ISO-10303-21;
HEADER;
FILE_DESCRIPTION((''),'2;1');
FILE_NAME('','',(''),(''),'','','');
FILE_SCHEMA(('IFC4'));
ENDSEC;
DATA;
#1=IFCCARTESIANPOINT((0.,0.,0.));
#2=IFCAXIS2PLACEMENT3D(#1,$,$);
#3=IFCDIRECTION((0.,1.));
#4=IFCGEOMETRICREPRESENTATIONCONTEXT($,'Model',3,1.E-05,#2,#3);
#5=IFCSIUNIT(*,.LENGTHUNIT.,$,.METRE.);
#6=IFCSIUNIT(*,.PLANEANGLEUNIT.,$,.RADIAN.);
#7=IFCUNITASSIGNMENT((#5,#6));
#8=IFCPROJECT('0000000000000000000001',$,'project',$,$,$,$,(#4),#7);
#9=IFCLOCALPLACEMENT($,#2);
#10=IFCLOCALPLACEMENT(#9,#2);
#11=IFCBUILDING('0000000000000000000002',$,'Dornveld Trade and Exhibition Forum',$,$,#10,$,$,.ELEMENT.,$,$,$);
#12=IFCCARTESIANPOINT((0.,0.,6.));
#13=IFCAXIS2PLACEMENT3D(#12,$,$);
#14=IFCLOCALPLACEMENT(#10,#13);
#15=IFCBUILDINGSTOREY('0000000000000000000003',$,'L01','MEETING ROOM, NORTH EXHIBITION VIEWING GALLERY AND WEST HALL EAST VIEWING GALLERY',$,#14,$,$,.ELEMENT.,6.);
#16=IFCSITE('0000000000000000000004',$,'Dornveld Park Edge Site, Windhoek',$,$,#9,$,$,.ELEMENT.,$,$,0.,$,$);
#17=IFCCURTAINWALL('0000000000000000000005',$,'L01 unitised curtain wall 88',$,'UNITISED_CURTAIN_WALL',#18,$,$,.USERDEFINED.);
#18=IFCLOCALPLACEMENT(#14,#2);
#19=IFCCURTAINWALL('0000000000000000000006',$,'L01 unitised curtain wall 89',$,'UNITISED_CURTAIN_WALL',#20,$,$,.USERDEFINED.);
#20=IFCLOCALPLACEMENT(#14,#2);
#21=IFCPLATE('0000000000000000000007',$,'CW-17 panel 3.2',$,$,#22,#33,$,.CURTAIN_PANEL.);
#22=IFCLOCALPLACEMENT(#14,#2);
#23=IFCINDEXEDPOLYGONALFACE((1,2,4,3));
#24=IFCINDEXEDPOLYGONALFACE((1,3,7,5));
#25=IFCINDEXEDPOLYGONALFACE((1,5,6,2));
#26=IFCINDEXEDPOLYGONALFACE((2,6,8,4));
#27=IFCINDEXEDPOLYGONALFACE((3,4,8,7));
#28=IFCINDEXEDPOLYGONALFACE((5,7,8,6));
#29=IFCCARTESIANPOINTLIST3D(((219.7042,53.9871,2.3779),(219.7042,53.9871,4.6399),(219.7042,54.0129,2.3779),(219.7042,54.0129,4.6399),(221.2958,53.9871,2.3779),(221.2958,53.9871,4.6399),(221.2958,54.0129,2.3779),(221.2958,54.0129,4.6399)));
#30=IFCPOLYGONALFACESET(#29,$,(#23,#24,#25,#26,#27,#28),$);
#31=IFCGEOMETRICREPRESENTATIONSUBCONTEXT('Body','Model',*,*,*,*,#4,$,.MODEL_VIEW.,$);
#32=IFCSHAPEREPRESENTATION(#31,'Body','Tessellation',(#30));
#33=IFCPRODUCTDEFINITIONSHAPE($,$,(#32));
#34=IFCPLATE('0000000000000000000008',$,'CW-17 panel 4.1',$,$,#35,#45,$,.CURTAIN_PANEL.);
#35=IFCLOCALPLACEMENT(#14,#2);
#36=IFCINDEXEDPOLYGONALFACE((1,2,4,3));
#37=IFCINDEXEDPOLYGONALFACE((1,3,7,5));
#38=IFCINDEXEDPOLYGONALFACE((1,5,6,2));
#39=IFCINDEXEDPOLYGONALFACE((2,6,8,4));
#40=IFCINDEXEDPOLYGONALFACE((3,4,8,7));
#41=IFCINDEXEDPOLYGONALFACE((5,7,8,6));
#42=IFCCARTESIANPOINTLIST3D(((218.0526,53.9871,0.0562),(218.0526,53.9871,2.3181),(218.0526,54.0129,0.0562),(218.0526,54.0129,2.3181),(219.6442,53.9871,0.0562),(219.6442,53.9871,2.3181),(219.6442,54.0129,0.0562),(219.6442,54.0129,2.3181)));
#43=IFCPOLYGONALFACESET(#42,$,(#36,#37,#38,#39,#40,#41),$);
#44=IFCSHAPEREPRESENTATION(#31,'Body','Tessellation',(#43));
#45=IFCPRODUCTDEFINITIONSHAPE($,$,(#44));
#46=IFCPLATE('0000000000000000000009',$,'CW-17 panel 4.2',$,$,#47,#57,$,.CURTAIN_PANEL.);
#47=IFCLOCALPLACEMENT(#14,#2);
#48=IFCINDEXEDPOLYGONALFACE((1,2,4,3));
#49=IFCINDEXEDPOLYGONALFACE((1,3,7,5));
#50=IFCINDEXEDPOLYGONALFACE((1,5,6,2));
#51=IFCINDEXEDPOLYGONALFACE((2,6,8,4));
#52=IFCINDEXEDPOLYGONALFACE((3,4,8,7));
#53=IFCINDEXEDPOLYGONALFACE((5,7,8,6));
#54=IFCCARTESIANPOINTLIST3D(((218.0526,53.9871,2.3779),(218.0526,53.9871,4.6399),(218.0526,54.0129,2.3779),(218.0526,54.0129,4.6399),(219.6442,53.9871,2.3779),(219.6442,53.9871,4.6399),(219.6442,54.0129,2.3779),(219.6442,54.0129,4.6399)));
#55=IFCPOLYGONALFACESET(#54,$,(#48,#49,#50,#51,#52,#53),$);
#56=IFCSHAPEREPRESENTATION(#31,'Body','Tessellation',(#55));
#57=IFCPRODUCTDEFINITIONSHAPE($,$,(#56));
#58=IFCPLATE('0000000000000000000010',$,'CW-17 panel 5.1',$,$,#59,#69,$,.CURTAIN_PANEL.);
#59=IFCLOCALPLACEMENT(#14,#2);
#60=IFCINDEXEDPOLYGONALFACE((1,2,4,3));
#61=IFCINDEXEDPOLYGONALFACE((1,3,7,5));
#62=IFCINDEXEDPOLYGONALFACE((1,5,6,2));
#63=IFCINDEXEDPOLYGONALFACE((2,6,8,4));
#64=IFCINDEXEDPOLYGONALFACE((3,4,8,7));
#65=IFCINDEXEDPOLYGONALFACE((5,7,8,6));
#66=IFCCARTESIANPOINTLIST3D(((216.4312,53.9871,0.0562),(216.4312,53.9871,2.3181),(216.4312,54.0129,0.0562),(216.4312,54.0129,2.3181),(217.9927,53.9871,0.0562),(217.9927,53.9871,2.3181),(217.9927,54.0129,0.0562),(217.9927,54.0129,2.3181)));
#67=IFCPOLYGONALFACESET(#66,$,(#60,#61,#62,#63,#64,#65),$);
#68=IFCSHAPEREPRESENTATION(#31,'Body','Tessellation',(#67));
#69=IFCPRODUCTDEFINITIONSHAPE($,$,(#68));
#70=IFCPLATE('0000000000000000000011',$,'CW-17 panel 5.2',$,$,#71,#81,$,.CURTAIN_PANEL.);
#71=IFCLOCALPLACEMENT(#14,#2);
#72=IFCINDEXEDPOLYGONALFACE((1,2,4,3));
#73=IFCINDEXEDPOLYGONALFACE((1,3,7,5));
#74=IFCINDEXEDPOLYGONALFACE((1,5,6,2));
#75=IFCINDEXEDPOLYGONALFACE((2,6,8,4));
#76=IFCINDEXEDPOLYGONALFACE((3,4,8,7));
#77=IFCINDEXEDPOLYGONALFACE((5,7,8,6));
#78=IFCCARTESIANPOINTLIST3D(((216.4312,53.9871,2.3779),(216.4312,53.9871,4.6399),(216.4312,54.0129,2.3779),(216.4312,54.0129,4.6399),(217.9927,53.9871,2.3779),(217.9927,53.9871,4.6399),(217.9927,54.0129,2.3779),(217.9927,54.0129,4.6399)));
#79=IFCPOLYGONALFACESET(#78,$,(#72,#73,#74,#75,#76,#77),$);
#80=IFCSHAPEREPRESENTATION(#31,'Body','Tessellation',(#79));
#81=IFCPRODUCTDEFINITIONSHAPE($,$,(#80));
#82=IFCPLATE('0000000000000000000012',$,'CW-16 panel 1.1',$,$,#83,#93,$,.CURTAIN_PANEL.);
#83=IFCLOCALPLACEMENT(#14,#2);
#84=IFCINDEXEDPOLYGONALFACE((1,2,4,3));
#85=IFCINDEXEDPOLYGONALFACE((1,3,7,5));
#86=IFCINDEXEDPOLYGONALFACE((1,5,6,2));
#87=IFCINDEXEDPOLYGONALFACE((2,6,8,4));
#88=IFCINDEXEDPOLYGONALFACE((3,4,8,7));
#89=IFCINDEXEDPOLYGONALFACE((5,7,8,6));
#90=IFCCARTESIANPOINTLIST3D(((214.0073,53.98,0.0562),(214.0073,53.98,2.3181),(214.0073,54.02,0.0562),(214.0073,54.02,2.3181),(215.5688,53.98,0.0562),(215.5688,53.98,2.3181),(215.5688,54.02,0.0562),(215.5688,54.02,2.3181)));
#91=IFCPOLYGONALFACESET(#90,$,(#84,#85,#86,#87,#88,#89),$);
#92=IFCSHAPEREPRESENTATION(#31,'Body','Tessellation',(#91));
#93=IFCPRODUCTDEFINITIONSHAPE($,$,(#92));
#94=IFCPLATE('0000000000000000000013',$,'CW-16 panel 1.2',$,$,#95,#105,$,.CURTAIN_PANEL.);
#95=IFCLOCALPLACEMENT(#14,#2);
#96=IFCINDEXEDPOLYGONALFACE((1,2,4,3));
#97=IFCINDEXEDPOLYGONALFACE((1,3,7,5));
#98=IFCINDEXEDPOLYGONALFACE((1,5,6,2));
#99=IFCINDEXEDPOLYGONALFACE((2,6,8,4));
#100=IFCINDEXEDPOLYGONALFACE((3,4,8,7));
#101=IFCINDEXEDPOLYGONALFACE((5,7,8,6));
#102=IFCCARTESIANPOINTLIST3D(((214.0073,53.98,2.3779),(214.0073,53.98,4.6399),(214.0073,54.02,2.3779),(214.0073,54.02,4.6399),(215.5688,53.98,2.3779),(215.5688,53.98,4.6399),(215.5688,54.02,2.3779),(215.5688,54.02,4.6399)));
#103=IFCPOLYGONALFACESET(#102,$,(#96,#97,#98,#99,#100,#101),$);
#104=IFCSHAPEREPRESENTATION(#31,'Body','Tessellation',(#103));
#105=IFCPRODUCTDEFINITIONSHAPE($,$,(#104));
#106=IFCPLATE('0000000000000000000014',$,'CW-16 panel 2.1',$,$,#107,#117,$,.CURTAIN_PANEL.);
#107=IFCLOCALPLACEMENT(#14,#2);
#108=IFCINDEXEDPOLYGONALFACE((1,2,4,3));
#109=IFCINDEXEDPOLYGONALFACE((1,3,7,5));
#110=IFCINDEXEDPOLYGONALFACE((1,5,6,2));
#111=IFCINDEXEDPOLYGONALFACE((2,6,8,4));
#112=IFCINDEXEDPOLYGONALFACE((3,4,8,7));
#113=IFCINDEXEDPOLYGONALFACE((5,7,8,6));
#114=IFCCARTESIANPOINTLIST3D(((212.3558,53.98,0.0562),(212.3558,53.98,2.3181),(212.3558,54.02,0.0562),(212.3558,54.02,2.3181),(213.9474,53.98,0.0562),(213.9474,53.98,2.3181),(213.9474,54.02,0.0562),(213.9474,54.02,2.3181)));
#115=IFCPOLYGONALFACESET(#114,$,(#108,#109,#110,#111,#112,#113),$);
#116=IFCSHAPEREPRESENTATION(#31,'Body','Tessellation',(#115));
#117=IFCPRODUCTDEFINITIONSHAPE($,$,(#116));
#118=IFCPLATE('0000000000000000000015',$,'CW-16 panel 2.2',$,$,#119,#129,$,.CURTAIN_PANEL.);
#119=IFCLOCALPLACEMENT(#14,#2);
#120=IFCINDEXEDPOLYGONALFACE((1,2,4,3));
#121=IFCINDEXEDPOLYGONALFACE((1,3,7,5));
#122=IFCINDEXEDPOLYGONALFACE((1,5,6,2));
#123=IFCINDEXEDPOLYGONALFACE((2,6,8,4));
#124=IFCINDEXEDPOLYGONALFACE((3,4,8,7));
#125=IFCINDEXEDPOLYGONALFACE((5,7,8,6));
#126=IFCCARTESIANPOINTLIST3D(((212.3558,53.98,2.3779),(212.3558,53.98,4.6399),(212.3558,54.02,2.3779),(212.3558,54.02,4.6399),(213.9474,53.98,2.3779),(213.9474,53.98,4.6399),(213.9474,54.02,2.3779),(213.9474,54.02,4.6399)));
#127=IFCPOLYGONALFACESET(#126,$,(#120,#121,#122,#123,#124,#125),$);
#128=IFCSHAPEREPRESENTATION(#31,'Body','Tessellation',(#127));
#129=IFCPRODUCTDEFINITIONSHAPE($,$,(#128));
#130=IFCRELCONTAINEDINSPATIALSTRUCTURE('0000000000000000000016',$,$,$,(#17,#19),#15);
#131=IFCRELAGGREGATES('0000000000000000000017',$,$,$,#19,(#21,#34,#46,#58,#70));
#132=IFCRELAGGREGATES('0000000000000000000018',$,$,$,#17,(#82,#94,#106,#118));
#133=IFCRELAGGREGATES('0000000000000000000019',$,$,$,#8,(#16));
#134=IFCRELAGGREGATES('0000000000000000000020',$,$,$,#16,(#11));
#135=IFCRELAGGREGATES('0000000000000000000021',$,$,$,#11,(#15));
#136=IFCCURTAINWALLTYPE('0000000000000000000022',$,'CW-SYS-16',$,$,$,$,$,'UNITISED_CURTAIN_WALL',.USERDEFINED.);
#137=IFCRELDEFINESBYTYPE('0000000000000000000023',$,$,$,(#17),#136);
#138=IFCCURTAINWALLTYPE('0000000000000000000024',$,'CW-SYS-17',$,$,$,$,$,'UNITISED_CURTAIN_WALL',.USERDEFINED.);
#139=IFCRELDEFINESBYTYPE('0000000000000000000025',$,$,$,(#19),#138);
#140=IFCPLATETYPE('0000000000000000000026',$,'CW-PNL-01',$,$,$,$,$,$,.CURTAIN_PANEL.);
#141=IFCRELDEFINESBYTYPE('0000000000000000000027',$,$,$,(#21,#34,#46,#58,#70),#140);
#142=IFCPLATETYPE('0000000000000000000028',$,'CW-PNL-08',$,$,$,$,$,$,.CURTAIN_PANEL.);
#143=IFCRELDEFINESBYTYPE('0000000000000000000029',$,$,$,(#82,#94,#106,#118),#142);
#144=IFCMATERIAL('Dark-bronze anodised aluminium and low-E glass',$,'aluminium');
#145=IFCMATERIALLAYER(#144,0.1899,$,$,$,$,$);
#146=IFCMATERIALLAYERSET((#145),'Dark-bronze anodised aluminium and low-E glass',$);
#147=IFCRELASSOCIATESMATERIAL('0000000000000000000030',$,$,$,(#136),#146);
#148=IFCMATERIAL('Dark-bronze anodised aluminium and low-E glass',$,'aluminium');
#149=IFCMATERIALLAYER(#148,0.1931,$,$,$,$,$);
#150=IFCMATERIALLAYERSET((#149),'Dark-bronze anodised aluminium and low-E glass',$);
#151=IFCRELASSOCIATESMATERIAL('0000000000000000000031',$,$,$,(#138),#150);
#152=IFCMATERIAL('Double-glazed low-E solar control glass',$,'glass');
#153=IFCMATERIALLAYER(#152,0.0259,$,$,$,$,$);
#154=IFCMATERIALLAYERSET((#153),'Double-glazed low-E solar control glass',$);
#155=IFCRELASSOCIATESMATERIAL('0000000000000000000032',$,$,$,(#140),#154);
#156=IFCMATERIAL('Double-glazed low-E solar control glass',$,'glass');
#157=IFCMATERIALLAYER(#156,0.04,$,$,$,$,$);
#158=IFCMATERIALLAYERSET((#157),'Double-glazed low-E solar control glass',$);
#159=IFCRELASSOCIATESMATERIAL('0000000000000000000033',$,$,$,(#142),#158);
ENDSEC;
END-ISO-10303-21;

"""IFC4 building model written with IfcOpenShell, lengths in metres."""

from ifc_helpers import new_model, si_unit, direction, frame, origin, origin_2d, place, context, subcontext, project, spatial, rectangle, extrude, material, layer, layer_set, type_object, element, aggregate, save


model = new_model("IFC4")

# Units and contexts
model_context = context("Model", 3, precision=1e-05, world=origin(), true_north=direction((0.0, 1.0)))
body_context = subcontext(model_context, "Body", "Model", "MODEL_VIEW")
ifc_project = project(units=[si_unit("LENGTHUNIT", "METRE"), si_unit("PLANEANGLEUNIT", "RADIAN")], contexts=[model_context])

# Site, building, storey
site_placement = place(None, origin())
site = spatial("IfcSite", under=ifc_project, at=site_placement, Name="Dornveld Park Edge Site, Windhoek", CompositionType="ELEMENT", RefElevation=0.0)
building_placement = place(site_placement, origin())
building = spatial("IfcBuilding", under=site, at=building_placement, Name="Dornveld Trade and Exhibition Forum", CompositionType="ELEMENT")
storey_placement = place(building_placement, frame((0.0, 0.0, 6.0)))
storey = spatial("IfcBuildingStorey", under=building, at=storey_placement, Name="L01", Description="MEETING ROOM, NORTH EXHIBITION VIEWING GALLERY AND WEST HALL EAST VIEWING GALLERY", CompositionType="ELEMENT", Elevation=6.0)

# Curtain walls
ifc_material_1 = material(Name="Dark-bronze anodised aluminium and low-E glass", Category="aluminium")
ifc_layer_1 = layer(ifc_material_1, 0.1899)
ifc_layer_set_1 = layer_set([ifc_layer_1], Name="Dark-bronze anodised aluminium and low-E glass")
curtain_wall_type_1 = type_object("IfcCurtainWallType", Name="CW-SYS-16", ElementType="UNITISED_CURTAIN_WALL", PredefinedType="USERDEFINED", material=ifc_layer_set_1)
curtain_wall_1_placement = place(storey_placement, origin())
curtain_wall_1 = element("IfcCurtainWall", 1, at=curtain_wall_1_placement, inside=storey, type_object=curtain_wall_type_1, Name="L01 unitised curtain wall 88", ObjectType="UNITISED_CURTAIN_WALL", PredefinedType="USERDEFINED")
ifc_material_2 = material(Name="Dark-bronze anodised aluminium and low-E glass", Category="aluminium")
ifc_layer_2 = layer(ifc_material_2, 0.1931)
ifc_layer_set_2 = layer_set([ifc_layer_2], Name="Dark-bronze anodised aluminium and low-E glass")
curtain_wall_type_2 = type_object("IfcCurtainWallType", Name="CW-SYS-17", ElementType="UNITISED_CURTAIN_WALL", PredefinedType="USERDEFINED", material=ifc_layer_set_2)
curtain_wall_2_placement = place(storey_placement, origin())
curtain_wall_2 = element("IfcCurtainWall", 2, at=curtain_wall_2_placement, inside=storey, type_object=curtain_wall_type_2, Name="L01 unitised curtain wall 89", ObjectType="UNITISED_CURTAIN_WALL", PredefinedType="USERDEFINED")

# Plates
ifc_material_3 = material(Name="Double-glazed low-E solar control glass", Category="glass")
ifc_layer_3 = layer(ifc_material_3, 0.0259)
ifc_layer_set_3 = layer_set([ifc_layer_3], Name="Double-glazed low-E solar control glass")
plate_type_1 = type_object("IfcPlateType", Name="CW-PNL-01", PredefinedType="CURTAIN_PANEL", material=ifc_layer_set_3)
plate_1_placement = place(storey_placement, frame((220.5, 54.0, 2.3779), z_axis=(0.0, 0.0, 1.0), x_axis=(-1.0, 0.0, 0.0)))
plate_1 = element("IfcPlate", 3, at=plate_1_placement, type_object=plate_type_1, Name="CW-17 panel 3.2", PredefinedType="CURTAIN_PANEL", context=body_context, shape_type="SweptSolid", body=[
    extrude(rectangle(XDim=1.5916, YDim=0.0259, at=origin_2d()), origin(), (0.0, 0.0, 1.0), 2.262),
])
plate_2_placement = place(storey_placement, frame((218.8484, 54.0, 0.0562), z_axis=(0.0, 0.0, 1.0), x_axis=(-1.0, 0.0, 0.0)))
plate_2 = element("IfcPlate", 4, at=plate_2_placement, type_object=plate_type_1, Name="CW-17 panel 4.1", PredefinedType="CURTAIN_PANEL", context=body_context, shape_type="SweptSolid", body=[
    extrude(rectangle(XDim=1.5916, YDim=0.0259, at=origin_2d()), origin(), (0.0, 0.0, 1.0), 2.262),
])
plate_3_placement = place(storey_placement, frame((218.8484, 54.0, 2.3779), z_axis=(0.0, 0.0, 1.0), x_axis=(-1.0, 0.0, 0.0)))
plate_3 = element("IfcPlate", 5, at=plate_3_placement, type_object=plate_type_1, Name="CW-17 panel 4.2", PredefinedType="CURTAIN_PANEL", context=body_context, shape_type="SweptSolid", body=[
    extrude(rectangle(XDim=1.5916, YDim=0.0259, at=origin_2d()), origin(), (0.0, 0.0, 1.0), 2.262),
])
plate_4_placement = place(storey_placement, frame((217.2119, 54.0, 0.0562), z_axis=(0.0, 0.0, 1.0), x_axis=(-1.0, 0.0, 0.0)))
plate_4 = element("IfcPlate", 6, at=plate_4_placement, type_object=plate_type_1, Name="CW-17 panel 5.1", PredefinedType="CURTAIN_PANEL", context=body_context, shape_type="SweptSolid", body=[
    extrude(rectangle(XDim=1.5615, YDim=0.0259, at=origin_2d()), origin(), (0.0, 0.0, 1.0), 2.262),
])
plate_5_placement = place(storey_placement, frame((217.2119, 54.0, 2.3779), z_axis=(0.0, 0.0, 1.0), x_axis=(-1.0, 0.0, 0.0)))
plate_5 = element("IfcPlate", 7, at=plate_5_placement, type_object=plate_type_1, Name="CW-17 panel 5.2", PredefinedType="CURTAIN_PANEL", context=body_context, shape_type="SweptSolid", body=[
    extrude(rectangle(XDim=1.5615, YDim=0.0259, at=origin_2d()), origin(), (0.0, 0.0, 1.0), 2.262),
])
aggregate(curtain_wall_2, [plate_1, plate_2, plate_3, plate_4, plate_5])
ifc_material_4 = material(Name="Double-glazed low-E solar control glass", Category="glass")
ifc_layer_4 = layer(ifc_material_4, 0.04)
ifc_layer_set_4 = layer_set([ifc_layer_4], Name="Double-glazed low-E solar control glass")
plate_type_2 = type_object("IfcPlateType", Name="CW-PNL-08", PredefinedType="CURTAIN_PANEL", material=ifc_layer_set_4)
plate_6_placement = place(storey_placement, frame((214.7881, 54.0, 0.0562), z_axis=(0.0, 0.0, 1.0), x_axis=(-1.0, 0.0, 0.0)))
plate_6 = element("IfcPlate", 8, at=plate_6_placement, type_object=plate_type_2, Name="CW-16 panel 1.1", PredefinedType="CURTAIN_PANEL", context=body_context, shape_type="SweptSolid", body=[
    extrude(rectangle(XDim=1.5615, YDim=0.04, at=origin_2d()), origin(), (0.0, 0.0, 1.0), 2.262),
])
plate_7_placement = place(storey_placement, frame((214.7881, 54.0, 2.3779), z_axis=(0.0, 0.0, 1.0), x_axis=(-1.0, 0.0, 0.0)))
plate_7 = element("IfcPlate", 9, at=plate_7_placement, type_object=plate_type_2, Name="CW-16 panel 1.2", PredefinedType="CURTAIN_PANEL", context=body_context, shape_type="SweptSolid", body=[
    extrude(rectangle(XDim=1.5615, YDim=0.04, at=origin_2d()), origin(), (0.0, 0.0, 1.0), 2.262),
])
plate_8_placement = place(storey_placement, frame((213.1516, 54.0, 0.0562), z_axis=(0.0, 0.0, 1.0), x_axis=(-1.0, 0.0, 0.0)))
plate_8 = element("IfcPlate", 10, at=plate_8_placement, type_object=plate_type_2, Name="CW-16 panel 2.1", PredefinedType="CURTAIN_PANEL", context=body_context, shape_type="SweptSolid", body=[
    extrude(rectangle(XDim=1.5916, YDim=0.04, at=origin_2d()), origin(), (0.0, 0.0, 1.0), 2.262),
])
plate_9_placement = place(storey_placement, frame((213.1516, 54.0, 2.3779), z_axis=(0.0, 0.0, 1.0), x_axis=(-1.0, 0.0, 0.0)))
plate_9 = element("IfcPlate", 11, at=plate_9_placement, type_object=plate_type_2, Name="CW-16 panel 2.2", PredefinedType="CURTAIN_PANEL", context=body_context, shape_type="SweptSolid", body=[
    extrude(rectangle(XDim=1.5916, YDim=0.04, at=origin_2d()), origin(), (0.0, 0.0, 1.0), 2.262),
])
aggregate(curtain_wall_1, [plate_6, plate_7, plate_8, plate_9])

save(model, "model.ifc")
